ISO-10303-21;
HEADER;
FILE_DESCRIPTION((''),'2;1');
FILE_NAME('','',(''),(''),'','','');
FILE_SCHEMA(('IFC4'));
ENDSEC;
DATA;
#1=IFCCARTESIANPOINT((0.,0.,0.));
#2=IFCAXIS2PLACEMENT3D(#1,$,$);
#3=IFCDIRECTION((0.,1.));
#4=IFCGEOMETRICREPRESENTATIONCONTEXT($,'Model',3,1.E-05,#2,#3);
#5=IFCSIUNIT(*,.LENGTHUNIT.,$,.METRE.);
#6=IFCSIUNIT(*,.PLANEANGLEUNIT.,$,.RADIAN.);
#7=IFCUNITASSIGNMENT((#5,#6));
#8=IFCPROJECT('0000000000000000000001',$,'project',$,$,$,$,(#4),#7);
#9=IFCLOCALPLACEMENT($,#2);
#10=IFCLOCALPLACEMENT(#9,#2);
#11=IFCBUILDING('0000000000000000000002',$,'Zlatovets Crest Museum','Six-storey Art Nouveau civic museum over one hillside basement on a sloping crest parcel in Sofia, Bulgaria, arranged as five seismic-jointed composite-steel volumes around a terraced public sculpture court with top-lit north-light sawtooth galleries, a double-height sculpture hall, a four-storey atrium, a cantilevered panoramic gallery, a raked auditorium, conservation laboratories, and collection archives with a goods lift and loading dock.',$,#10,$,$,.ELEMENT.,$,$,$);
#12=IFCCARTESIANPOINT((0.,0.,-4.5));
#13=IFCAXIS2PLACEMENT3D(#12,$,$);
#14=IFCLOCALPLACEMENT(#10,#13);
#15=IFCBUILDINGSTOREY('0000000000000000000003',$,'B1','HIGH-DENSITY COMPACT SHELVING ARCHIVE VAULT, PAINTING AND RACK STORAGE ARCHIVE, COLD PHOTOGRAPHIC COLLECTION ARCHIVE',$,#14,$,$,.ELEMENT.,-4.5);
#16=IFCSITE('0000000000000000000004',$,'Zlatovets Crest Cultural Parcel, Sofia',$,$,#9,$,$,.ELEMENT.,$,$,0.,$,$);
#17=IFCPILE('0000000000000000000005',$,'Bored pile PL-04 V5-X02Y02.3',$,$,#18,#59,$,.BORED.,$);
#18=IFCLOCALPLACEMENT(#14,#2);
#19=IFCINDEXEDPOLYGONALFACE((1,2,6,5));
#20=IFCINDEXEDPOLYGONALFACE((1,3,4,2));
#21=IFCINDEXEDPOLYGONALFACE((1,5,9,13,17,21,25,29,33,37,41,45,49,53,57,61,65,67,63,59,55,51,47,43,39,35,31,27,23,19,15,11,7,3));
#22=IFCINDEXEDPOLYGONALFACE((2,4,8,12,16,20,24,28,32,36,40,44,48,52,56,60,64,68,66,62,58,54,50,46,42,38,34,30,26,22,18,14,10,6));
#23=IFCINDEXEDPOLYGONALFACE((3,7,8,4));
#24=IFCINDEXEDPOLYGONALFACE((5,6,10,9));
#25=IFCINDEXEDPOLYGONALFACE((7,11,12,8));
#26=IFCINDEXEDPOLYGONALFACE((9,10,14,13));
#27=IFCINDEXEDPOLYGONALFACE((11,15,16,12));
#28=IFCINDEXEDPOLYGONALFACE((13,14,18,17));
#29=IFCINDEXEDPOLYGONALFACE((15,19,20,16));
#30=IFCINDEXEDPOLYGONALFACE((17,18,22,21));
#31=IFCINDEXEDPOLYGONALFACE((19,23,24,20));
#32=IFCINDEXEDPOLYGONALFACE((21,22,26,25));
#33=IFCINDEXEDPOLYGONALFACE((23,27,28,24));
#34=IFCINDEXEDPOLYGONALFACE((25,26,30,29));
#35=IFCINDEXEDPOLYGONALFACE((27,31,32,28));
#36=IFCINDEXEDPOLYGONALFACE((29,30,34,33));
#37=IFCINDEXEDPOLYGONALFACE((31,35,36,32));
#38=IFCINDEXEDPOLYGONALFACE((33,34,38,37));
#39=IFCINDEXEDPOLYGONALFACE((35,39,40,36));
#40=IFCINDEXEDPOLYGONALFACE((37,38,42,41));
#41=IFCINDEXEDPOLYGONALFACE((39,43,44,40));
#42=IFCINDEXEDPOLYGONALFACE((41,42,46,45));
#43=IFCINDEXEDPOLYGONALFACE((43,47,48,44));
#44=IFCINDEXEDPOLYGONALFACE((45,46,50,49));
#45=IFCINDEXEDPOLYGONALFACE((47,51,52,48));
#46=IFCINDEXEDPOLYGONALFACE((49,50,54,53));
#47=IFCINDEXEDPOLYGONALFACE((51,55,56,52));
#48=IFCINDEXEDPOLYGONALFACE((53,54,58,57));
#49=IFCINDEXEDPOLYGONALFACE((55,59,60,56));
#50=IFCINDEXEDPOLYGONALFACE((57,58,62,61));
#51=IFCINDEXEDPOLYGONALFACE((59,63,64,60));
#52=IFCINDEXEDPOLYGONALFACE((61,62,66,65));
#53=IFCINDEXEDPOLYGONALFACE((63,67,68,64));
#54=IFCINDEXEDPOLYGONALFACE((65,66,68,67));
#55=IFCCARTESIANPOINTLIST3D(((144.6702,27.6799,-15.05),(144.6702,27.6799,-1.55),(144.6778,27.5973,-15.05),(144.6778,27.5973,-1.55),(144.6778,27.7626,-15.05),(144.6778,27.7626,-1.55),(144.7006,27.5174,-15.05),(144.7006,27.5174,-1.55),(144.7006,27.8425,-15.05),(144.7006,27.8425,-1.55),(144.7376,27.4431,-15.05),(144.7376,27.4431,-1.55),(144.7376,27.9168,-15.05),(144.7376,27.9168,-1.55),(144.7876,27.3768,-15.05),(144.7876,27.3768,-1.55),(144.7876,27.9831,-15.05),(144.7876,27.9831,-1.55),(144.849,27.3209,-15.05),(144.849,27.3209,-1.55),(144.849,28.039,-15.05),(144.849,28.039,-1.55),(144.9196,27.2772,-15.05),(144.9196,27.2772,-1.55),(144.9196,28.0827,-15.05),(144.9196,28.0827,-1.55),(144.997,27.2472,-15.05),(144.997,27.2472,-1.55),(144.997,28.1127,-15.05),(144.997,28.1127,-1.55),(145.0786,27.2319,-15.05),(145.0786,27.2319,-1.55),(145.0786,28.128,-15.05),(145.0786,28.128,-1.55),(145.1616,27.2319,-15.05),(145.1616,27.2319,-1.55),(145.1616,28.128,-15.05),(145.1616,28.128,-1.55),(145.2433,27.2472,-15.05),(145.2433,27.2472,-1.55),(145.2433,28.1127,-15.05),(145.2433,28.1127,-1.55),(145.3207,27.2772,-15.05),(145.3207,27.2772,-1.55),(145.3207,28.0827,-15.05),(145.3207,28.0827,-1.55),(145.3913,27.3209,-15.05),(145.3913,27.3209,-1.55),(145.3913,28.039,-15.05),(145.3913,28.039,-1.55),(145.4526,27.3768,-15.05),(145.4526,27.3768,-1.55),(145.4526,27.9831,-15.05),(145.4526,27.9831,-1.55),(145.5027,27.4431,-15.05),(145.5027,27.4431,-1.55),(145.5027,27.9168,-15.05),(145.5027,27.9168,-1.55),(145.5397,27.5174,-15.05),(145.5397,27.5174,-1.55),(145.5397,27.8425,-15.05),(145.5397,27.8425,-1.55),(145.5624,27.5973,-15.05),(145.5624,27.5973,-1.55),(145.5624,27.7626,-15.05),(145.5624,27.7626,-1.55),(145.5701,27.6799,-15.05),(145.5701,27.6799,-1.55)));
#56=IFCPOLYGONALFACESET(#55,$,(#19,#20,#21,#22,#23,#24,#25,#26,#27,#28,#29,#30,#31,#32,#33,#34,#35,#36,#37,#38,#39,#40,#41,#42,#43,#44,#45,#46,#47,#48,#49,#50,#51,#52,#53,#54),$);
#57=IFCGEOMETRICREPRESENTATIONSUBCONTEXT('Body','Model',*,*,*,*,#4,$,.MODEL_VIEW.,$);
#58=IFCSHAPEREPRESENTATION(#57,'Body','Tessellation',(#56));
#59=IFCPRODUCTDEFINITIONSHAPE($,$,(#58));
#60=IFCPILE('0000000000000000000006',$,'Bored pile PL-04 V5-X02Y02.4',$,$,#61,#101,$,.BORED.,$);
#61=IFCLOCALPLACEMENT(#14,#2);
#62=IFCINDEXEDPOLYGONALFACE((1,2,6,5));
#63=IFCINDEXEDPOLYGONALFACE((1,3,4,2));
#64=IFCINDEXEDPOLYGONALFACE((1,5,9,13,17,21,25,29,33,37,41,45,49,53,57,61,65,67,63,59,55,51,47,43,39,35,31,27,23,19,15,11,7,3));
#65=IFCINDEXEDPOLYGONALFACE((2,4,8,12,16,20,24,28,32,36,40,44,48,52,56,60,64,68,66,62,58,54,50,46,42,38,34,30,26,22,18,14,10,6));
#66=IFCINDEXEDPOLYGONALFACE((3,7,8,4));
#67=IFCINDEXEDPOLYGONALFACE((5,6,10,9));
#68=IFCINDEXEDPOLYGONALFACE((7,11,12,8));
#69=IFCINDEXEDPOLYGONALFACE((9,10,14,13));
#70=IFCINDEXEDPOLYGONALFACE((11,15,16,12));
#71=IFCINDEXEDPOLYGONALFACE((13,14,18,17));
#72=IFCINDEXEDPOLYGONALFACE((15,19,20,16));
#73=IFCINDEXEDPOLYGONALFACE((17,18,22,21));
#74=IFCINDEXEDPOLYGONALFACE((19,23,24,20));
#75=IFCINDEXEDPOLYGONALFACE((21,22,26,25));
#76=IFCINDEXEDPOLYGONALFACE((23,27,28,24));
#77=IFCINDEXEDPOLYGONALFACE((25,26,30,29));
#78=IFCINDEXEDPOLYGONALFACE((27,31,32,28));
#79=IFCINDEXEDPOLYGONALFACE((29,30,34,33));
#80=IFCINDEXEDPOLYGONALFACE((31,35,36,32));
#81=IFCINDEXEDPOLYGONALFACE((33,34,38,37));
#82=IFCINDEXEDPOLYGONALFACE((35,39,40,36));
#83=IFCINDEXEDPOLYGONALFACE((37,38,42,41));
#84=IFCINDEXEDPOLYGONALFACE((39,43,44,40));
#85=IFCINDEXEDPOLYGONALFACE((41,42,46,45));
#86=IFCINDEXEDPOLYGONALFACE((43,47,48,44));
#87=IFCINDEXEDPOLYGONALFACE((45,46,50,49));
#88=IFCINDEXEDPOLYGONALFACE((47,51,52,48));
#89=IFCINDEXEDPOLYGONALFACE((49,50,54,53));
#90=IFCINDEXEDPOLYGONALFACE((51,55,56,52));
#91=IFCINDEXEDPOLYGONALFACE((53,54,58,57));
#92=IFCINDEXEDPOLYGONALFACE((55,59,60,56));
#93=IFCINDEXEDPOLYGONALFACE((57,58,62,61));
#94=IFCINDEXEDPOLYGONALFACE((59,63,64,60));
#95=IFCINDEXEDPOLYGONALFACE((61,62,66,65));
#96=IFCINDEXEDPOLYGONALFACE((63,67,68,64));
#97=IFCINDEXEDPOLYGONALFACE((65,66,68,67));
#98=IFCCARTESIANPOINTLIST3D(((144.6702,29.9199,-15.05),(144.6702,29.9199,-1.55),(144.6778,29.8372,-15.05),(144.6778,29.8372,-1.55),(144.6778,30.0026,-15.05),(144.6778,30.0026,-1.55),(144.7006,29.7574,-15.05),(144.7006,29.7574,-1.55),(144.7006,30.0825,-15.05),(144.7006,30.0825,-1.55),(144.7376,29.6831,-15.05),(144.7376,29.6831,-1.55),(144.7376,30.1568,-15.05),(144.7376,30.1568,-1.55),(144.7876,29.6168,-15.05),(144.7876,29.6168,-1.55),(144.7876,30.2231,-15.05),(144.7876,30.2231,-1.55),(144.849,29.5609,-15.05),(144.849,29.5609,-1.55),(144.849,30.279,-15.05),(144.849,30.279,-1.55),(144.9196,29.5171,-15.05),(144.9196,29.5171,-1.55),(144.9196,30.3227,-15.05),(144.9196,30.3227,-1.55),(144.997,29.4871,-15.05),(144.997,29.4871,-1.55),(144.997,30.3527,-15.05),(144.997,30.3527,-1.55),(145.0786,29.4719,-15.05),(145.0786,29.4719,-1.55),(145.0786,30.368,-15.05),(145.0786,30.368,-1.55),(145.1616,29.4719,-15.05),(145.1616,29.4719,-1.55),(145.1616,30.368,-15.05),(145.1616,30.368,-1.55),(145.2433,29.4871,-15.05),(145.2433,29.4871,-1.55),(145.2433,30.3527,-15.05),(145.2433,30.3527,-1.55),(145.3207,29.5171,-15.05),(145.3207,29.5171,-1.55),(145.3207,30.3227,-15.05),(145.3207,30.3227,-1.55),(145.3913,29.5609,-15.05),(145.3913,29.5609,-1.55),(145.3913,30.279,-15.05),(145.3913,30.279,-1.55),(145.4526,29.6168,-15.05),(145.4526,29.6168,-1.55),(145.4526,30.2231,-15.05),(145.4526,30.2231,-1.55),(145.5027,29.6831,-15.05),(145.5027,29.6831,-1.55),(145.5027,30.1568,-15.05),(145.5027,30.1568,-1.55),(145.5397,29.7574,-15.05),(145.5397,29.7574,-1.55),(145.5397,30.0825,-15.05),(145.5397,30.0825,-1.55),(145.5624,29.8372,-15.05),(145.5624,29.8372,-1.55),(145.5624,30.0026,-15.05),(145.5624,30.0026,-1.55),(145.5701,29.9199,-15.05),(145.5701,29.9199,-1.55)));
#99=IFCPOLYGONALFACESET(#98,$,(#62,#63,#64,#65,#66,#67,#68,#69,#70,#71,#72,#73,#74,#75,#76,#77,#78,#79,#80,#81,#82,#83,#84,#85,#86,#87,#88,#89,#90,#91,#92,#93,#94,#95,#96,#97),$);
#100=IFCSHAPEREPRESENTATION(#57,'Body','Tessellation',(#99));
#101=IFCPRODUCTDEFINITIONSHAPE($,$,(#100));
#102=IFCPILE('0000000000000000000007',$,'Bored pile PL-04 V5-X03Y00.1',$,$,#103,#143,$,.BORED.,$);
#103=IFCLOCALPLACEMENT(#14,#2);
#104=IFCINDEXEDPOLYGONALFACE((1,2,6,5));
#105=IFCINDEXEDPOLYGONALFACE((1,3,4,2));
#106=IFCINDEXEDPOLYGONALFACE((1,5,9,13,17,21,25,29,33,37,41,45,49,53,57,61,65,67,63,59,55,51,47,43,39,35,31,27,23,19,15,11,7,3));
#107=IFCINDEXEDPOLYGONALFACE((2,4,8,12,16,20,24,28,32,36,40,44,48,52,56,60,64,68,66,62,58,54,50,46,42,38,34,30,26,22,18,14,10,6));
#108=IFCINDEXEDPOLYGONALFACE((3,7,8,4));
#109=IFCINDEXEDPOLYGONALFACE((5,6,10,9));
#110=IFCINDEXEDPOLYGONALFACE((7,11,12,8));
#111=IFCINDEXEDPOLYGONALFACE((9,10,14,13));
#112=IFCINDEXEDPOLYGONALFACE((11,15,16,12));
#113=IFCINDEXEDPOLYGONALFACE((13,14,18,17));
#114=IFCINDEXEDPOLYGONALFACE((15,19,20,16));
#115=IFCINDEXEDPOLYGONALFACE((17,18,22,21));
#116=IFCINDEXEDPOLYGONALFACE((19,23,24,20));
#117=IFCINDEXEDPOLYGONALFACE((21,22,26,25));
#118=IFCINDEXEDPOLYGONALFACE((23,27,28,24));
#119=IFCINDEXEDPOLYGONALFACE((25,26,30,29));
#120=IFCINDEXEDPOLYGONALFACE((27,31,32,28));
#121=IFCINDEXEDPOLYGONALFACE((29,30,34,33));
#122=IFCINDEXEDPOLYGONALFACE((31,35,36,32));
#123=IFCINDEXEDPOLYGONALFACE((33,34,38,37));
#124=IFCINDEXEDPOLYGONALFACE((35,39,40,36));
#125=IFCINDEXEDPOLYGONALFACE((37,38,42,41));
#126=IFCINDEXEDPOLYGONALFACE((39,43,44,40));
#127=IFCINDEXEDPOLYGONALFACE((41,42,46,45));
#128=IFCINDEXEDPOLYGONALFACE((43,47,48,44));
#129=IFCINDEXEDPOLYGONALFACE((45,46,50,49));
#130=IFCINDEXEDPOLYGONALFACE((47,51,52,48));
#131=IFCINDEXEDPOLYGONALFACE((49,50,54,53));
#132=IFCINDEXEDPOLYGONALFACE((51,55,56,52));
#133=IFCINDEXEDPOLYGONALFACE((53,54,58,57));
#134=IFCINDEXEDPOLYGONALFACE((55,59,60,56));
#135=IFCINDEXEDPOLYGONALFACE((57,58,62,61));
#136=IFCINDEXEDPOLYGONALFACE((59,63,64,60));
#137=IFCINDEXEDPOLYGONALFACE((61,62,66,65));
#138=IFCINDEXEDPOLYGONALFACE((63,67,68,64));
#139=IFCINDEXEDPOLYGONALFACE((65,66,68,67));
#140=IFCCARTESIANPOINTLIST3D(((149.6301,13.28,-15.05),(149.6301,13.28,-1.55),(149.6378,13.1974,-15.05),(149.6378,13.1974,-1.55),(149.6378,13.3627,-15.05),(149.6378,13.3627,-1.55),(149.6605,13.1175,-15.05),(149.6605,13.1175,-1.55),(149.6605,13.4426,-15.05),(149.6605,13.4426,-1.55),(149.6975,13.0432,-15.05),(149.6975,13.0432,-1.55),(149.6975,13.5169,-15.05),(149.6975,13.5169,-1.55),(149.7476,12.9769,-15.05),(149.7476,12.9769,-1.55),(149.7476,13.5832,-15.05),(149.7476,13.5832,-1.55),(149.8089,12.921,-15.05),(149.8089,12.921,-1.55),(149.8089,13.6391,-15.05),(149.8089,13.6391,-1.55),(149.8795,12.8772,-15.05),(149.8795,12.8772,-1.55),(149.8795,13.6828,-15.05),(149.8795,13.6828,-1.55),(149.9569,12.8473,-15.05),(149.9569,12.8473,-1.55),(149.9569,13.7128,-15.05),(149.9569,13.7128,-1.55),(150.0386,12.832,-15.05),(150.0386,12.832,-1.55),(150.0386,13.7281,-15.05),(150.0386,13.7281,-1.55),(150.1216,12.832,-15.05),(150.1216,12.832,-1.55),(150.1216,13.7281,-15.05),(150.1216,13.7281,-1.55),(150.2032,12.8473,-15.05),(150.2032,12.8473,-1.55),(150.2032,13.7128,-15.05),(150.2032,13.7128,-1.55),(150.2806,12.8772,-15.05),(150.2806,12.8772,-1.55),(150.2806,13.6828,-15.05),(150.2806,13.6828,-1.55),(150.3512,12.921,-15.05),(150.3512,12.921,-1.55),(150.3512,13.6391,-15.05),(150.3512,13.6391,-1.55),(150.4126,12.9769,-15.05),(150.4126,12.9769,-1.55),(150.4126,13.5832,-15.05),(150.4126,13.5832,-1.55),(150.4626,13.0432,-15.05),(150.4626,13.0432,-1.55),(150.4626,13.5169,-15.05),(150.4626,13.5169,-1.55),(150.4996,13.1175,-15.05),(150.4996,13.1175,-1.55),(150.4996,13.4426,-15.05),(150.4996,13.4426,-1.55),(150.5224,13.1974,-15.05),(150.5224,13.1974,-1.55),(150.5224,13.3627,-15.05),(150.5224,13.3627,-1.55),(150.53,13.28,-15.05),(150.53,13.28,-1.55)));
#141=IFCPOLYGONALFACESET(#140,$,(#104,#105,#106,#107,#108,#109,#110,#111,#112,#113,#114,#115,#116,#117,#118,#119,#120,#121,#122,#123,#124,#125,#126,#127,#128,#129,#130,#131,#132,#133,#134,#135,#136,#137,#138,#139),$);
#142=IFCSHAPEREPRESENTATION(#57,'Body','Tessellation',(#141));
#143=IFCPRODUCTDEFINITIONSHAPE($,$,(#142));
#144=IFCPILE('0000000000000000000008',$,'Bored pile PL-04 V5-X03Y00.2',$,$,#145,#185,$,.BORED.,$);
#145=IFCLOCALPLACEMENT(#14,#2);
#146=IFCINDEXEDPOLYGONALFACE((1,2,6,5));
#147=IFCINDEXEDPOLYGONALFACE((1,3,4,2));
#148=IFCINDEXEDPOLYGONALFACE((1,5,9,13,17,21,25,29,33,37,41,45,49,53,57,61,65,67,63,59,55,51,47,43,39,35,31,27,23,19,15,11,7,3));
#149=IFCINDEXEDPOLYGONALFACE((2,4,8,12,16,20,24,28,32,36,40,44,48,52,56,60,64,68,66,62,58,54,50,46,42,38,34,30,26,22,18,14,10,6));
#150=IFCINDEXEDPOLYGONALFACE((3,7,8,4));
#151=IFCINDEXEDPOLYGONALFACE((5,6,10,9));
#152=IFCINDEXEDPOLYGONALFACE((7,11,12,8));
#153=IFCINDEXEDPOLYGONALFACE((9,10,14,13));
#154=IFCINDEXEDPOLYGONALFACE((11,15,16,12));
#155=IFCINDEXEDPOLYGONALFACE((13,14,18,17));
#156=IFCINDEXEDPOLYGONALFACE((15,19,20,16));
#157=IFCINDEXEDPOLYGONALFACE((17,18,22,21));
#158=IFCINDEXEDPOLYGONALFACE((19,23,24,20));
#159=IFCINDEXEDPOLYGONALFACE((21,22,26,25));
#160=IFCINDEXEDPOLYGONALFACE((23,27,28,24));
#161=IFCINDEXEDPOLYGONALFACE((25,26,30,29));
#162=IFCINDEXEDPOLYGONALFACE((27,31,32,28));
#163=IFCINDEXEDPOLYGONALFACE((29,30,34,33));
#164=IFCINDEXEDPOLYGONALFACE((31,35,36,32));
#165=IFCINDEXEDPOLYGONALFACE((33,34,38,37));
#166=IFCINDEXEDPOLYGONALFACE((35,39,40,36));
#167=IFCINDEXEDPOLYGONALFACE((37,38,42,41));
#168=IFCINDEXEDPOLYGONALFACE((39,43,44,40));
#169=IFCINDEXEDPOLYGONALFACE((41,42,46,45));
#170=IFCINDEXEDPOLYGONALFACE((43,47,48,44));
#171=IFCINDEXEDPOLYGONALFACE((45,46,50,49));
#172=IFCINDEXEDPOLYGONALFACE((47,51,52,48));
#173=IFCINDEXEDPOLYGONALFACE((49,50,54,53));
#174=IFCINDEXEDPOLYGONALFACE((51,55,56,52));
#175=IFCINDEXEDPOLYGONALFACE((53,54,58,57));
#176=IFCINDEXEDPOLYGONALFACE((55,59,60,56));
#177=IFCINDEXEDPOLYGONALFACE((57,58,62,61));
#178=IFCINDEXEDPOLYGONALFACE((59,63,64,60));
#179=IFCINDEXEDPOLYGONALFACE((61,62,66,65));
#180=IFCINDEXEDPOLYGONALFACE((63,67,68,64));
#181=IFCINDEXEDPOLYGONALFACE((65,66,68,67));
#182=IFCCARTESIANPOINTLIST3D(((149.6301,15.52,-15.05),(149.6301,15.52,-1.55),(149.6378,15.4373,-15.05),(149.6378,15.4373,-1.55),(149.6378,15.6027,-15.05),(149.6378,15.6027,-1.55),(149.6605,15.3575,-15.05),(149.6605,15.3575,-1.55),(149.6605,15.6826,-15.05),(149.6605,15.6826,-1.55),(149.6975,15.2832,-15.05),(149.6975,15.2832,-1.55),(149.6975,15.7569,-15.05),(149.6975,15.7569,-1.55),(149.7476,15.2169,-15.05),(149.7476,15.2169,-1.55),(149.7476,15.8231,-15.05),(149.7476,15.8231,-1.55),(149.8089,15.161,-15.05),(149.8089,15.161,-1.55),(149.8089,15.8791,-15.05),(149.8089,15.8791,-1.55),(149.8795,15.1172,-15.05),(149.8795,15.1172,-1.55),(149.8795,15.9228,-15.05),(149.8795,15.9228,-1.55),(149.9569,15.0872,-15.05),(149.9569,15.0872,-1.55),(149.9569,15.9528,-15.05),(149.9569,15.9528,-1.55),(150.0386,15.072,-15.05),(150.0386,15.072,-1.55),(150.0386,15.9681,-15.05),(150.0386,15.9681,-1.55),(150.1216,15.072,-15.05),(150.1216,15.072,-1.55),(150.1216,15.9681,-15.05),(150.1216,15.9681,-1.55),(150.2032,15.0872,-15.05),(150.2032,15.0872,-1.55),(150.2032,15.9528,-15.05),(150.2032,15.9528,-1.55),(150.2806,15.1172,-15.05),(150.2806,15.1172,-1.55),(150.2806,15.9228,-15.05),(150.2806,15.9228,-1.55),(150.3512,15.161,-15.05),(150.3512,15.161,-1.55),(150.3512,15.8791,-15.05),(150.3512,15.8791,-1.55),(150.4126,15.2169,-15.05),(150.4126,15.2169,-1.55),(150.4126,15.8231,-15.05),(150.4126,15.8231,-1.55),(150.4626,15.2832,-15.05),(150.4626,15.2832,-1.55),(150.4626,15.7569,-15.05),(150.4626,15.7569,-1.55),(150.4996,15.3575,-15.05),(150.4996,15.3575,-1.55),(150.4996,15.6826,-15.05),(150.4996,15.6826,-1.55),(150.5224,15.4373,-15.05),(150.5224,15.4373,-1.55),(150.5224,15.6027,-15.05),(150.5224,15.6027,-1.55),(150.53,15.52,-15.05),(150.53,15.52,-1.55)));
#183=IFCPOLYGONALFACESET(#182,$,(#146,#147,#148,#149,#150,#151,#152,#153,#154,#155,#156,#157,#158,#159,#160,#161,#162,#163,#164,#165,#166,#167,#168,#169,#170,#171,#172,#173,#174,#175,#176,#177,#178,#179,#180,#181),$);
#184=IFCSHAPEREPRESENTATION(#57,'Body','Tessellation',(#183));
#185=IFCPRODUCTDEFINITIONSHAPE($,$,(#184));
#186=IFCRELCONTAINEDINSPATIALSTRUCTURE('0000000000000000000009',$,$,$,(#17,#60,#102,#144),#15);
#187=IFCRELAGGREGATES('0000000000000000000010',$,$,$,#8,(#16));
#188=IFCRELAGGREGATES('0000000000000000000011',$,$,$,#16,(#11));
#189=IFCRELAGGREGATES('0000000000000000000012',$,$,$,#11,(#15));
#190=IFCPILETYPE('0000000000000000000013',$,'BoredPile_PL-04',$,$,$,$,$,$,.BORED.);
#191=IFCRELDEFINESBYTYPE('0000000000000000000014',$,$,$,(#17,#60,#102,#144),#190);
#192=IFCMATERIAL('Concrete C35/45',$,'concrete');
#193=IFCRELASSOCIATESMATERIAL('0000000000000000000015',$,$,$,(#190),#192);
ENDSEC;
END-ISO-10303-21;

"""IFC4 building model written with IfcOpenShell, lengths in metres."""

from ifc_helpers import new_model, si_unit, direction, frame, origin, origin_2d, place, context, subcontext, project, spatial, circle, extrude, material, material_profile, profile_set, type_object, element, save


model = new_model("IFC4")

# Units and contexts
model_context = context("Model", 3, precision=1e-05, world=origin(), true_north=direction((0.0, 1.0)))
body_context = subcontext(model_context, "Body", "Model", "MODEL_VIEW")
ifc_project = project(units=[si_unit("LENGTHUNIT", "METRE"), si_unit("PLANEANGLEUNIT", "RADIAN")], contexts=[model_context])

# Site, building, storey
site_placement = place(None, origin())
site = spatial("IfcSite", under=ifc_project, at=site_placement, Name="Zlatovets Crest Cultural Parcel, Sofia", CompositionType="ELEMENT", RefElevation=0.0)
building_placement = place(site_placement, origin())
building = spatial("IfcBuilding", under=site, at=building_placement, Name="Zlatovets Crest Museum", Description="Six-storey Art Nouveau civic museum over one hillside basement on a sloping crest parcel in Sofia, Bulgaria, arranged as five seismic-jointed composite-steel volumes around a terraced public sculpture court with top-lit north-light sawtooth galleries, a double-height sculpture hall, a four-storey atrium, a cantilevered panoramic gallery, a raked auditorium, conservation laboratories, and collection archives with a goods lift and loading dock.", CompositionType="ELEMENT")
storey_placement = place(building_placement, frame((0.0, 0.0, -4.5)))
storey = spatial("IfcBuildingStorey", under=building, at=storey_placement, Name="B1", Description="HIGH-DENSITY COMPACT SHELVING ARCHIVE VAULT, PAINTING AND RACK STORAGE ARCHIVE, COLD PHOTOGRAPHIC COLLECTION ARCHIVE", CompositionType="ELEMENT", Elevation=-4.5)

# Piles
ifc_material = material(Name="Concrete C35/45", Category="concrete")
ifc_material_profile_1 = material_profile(ifc_material, circle(Radius=0.45, at=origin_2d()), Name="PILE D900")
ifc_profile_set_1 = profile_set([ifc_material_profile_1], Name="Concrete C35/45")
pile_type = type_object("IfcPileType", Name="BoredPile_PL-04", PredefinedType="BORED", material=ifc_profile_set_1)
for number, where, z_axis, x_axis, name in (
    (1, (145.1201, 27.6799, -1.55), (0.0, 0.0, -1.0), (1.0, 0.0, 0.0), "Bored pile PL-04 V5-X02Y02.3"),
    (2, (145.1201, 29.9199, -1.55), (0.0, 0.0, -1.0), (1.0, 0.0, 0.0), "Bored pile PL-04 V5-X02Y02.4"),
    (3, (150.0801, 13.28, -1.55), (0.0, 0.0, -1.0), (1.0, 0.0, 0.0), "Bored pile PL-04 V5-X03Y00.1"),
    (4, (150.0801, 15.52, -1.55), (0.0, 0.0, -1.0), (1.0, 0.0, 0.0), "Bored pile PL-04 V5-X03Y00.2"),
):
    element("IfcPile", number, at=place(storey_placement, frame(where, z_axis=z_axis, x_axis=x_axis)), inside=storey, type_object=pile_type, Name=name, PredefinedType="BORED", context=body_context, shape_type="SweptSolid", body=[
        extrude(circle(Radius=0.45, at=origin_2d()), origin(), (0.0, 0.0, 1.0), 13.5),
    ])

save(model, "model.ifc")
